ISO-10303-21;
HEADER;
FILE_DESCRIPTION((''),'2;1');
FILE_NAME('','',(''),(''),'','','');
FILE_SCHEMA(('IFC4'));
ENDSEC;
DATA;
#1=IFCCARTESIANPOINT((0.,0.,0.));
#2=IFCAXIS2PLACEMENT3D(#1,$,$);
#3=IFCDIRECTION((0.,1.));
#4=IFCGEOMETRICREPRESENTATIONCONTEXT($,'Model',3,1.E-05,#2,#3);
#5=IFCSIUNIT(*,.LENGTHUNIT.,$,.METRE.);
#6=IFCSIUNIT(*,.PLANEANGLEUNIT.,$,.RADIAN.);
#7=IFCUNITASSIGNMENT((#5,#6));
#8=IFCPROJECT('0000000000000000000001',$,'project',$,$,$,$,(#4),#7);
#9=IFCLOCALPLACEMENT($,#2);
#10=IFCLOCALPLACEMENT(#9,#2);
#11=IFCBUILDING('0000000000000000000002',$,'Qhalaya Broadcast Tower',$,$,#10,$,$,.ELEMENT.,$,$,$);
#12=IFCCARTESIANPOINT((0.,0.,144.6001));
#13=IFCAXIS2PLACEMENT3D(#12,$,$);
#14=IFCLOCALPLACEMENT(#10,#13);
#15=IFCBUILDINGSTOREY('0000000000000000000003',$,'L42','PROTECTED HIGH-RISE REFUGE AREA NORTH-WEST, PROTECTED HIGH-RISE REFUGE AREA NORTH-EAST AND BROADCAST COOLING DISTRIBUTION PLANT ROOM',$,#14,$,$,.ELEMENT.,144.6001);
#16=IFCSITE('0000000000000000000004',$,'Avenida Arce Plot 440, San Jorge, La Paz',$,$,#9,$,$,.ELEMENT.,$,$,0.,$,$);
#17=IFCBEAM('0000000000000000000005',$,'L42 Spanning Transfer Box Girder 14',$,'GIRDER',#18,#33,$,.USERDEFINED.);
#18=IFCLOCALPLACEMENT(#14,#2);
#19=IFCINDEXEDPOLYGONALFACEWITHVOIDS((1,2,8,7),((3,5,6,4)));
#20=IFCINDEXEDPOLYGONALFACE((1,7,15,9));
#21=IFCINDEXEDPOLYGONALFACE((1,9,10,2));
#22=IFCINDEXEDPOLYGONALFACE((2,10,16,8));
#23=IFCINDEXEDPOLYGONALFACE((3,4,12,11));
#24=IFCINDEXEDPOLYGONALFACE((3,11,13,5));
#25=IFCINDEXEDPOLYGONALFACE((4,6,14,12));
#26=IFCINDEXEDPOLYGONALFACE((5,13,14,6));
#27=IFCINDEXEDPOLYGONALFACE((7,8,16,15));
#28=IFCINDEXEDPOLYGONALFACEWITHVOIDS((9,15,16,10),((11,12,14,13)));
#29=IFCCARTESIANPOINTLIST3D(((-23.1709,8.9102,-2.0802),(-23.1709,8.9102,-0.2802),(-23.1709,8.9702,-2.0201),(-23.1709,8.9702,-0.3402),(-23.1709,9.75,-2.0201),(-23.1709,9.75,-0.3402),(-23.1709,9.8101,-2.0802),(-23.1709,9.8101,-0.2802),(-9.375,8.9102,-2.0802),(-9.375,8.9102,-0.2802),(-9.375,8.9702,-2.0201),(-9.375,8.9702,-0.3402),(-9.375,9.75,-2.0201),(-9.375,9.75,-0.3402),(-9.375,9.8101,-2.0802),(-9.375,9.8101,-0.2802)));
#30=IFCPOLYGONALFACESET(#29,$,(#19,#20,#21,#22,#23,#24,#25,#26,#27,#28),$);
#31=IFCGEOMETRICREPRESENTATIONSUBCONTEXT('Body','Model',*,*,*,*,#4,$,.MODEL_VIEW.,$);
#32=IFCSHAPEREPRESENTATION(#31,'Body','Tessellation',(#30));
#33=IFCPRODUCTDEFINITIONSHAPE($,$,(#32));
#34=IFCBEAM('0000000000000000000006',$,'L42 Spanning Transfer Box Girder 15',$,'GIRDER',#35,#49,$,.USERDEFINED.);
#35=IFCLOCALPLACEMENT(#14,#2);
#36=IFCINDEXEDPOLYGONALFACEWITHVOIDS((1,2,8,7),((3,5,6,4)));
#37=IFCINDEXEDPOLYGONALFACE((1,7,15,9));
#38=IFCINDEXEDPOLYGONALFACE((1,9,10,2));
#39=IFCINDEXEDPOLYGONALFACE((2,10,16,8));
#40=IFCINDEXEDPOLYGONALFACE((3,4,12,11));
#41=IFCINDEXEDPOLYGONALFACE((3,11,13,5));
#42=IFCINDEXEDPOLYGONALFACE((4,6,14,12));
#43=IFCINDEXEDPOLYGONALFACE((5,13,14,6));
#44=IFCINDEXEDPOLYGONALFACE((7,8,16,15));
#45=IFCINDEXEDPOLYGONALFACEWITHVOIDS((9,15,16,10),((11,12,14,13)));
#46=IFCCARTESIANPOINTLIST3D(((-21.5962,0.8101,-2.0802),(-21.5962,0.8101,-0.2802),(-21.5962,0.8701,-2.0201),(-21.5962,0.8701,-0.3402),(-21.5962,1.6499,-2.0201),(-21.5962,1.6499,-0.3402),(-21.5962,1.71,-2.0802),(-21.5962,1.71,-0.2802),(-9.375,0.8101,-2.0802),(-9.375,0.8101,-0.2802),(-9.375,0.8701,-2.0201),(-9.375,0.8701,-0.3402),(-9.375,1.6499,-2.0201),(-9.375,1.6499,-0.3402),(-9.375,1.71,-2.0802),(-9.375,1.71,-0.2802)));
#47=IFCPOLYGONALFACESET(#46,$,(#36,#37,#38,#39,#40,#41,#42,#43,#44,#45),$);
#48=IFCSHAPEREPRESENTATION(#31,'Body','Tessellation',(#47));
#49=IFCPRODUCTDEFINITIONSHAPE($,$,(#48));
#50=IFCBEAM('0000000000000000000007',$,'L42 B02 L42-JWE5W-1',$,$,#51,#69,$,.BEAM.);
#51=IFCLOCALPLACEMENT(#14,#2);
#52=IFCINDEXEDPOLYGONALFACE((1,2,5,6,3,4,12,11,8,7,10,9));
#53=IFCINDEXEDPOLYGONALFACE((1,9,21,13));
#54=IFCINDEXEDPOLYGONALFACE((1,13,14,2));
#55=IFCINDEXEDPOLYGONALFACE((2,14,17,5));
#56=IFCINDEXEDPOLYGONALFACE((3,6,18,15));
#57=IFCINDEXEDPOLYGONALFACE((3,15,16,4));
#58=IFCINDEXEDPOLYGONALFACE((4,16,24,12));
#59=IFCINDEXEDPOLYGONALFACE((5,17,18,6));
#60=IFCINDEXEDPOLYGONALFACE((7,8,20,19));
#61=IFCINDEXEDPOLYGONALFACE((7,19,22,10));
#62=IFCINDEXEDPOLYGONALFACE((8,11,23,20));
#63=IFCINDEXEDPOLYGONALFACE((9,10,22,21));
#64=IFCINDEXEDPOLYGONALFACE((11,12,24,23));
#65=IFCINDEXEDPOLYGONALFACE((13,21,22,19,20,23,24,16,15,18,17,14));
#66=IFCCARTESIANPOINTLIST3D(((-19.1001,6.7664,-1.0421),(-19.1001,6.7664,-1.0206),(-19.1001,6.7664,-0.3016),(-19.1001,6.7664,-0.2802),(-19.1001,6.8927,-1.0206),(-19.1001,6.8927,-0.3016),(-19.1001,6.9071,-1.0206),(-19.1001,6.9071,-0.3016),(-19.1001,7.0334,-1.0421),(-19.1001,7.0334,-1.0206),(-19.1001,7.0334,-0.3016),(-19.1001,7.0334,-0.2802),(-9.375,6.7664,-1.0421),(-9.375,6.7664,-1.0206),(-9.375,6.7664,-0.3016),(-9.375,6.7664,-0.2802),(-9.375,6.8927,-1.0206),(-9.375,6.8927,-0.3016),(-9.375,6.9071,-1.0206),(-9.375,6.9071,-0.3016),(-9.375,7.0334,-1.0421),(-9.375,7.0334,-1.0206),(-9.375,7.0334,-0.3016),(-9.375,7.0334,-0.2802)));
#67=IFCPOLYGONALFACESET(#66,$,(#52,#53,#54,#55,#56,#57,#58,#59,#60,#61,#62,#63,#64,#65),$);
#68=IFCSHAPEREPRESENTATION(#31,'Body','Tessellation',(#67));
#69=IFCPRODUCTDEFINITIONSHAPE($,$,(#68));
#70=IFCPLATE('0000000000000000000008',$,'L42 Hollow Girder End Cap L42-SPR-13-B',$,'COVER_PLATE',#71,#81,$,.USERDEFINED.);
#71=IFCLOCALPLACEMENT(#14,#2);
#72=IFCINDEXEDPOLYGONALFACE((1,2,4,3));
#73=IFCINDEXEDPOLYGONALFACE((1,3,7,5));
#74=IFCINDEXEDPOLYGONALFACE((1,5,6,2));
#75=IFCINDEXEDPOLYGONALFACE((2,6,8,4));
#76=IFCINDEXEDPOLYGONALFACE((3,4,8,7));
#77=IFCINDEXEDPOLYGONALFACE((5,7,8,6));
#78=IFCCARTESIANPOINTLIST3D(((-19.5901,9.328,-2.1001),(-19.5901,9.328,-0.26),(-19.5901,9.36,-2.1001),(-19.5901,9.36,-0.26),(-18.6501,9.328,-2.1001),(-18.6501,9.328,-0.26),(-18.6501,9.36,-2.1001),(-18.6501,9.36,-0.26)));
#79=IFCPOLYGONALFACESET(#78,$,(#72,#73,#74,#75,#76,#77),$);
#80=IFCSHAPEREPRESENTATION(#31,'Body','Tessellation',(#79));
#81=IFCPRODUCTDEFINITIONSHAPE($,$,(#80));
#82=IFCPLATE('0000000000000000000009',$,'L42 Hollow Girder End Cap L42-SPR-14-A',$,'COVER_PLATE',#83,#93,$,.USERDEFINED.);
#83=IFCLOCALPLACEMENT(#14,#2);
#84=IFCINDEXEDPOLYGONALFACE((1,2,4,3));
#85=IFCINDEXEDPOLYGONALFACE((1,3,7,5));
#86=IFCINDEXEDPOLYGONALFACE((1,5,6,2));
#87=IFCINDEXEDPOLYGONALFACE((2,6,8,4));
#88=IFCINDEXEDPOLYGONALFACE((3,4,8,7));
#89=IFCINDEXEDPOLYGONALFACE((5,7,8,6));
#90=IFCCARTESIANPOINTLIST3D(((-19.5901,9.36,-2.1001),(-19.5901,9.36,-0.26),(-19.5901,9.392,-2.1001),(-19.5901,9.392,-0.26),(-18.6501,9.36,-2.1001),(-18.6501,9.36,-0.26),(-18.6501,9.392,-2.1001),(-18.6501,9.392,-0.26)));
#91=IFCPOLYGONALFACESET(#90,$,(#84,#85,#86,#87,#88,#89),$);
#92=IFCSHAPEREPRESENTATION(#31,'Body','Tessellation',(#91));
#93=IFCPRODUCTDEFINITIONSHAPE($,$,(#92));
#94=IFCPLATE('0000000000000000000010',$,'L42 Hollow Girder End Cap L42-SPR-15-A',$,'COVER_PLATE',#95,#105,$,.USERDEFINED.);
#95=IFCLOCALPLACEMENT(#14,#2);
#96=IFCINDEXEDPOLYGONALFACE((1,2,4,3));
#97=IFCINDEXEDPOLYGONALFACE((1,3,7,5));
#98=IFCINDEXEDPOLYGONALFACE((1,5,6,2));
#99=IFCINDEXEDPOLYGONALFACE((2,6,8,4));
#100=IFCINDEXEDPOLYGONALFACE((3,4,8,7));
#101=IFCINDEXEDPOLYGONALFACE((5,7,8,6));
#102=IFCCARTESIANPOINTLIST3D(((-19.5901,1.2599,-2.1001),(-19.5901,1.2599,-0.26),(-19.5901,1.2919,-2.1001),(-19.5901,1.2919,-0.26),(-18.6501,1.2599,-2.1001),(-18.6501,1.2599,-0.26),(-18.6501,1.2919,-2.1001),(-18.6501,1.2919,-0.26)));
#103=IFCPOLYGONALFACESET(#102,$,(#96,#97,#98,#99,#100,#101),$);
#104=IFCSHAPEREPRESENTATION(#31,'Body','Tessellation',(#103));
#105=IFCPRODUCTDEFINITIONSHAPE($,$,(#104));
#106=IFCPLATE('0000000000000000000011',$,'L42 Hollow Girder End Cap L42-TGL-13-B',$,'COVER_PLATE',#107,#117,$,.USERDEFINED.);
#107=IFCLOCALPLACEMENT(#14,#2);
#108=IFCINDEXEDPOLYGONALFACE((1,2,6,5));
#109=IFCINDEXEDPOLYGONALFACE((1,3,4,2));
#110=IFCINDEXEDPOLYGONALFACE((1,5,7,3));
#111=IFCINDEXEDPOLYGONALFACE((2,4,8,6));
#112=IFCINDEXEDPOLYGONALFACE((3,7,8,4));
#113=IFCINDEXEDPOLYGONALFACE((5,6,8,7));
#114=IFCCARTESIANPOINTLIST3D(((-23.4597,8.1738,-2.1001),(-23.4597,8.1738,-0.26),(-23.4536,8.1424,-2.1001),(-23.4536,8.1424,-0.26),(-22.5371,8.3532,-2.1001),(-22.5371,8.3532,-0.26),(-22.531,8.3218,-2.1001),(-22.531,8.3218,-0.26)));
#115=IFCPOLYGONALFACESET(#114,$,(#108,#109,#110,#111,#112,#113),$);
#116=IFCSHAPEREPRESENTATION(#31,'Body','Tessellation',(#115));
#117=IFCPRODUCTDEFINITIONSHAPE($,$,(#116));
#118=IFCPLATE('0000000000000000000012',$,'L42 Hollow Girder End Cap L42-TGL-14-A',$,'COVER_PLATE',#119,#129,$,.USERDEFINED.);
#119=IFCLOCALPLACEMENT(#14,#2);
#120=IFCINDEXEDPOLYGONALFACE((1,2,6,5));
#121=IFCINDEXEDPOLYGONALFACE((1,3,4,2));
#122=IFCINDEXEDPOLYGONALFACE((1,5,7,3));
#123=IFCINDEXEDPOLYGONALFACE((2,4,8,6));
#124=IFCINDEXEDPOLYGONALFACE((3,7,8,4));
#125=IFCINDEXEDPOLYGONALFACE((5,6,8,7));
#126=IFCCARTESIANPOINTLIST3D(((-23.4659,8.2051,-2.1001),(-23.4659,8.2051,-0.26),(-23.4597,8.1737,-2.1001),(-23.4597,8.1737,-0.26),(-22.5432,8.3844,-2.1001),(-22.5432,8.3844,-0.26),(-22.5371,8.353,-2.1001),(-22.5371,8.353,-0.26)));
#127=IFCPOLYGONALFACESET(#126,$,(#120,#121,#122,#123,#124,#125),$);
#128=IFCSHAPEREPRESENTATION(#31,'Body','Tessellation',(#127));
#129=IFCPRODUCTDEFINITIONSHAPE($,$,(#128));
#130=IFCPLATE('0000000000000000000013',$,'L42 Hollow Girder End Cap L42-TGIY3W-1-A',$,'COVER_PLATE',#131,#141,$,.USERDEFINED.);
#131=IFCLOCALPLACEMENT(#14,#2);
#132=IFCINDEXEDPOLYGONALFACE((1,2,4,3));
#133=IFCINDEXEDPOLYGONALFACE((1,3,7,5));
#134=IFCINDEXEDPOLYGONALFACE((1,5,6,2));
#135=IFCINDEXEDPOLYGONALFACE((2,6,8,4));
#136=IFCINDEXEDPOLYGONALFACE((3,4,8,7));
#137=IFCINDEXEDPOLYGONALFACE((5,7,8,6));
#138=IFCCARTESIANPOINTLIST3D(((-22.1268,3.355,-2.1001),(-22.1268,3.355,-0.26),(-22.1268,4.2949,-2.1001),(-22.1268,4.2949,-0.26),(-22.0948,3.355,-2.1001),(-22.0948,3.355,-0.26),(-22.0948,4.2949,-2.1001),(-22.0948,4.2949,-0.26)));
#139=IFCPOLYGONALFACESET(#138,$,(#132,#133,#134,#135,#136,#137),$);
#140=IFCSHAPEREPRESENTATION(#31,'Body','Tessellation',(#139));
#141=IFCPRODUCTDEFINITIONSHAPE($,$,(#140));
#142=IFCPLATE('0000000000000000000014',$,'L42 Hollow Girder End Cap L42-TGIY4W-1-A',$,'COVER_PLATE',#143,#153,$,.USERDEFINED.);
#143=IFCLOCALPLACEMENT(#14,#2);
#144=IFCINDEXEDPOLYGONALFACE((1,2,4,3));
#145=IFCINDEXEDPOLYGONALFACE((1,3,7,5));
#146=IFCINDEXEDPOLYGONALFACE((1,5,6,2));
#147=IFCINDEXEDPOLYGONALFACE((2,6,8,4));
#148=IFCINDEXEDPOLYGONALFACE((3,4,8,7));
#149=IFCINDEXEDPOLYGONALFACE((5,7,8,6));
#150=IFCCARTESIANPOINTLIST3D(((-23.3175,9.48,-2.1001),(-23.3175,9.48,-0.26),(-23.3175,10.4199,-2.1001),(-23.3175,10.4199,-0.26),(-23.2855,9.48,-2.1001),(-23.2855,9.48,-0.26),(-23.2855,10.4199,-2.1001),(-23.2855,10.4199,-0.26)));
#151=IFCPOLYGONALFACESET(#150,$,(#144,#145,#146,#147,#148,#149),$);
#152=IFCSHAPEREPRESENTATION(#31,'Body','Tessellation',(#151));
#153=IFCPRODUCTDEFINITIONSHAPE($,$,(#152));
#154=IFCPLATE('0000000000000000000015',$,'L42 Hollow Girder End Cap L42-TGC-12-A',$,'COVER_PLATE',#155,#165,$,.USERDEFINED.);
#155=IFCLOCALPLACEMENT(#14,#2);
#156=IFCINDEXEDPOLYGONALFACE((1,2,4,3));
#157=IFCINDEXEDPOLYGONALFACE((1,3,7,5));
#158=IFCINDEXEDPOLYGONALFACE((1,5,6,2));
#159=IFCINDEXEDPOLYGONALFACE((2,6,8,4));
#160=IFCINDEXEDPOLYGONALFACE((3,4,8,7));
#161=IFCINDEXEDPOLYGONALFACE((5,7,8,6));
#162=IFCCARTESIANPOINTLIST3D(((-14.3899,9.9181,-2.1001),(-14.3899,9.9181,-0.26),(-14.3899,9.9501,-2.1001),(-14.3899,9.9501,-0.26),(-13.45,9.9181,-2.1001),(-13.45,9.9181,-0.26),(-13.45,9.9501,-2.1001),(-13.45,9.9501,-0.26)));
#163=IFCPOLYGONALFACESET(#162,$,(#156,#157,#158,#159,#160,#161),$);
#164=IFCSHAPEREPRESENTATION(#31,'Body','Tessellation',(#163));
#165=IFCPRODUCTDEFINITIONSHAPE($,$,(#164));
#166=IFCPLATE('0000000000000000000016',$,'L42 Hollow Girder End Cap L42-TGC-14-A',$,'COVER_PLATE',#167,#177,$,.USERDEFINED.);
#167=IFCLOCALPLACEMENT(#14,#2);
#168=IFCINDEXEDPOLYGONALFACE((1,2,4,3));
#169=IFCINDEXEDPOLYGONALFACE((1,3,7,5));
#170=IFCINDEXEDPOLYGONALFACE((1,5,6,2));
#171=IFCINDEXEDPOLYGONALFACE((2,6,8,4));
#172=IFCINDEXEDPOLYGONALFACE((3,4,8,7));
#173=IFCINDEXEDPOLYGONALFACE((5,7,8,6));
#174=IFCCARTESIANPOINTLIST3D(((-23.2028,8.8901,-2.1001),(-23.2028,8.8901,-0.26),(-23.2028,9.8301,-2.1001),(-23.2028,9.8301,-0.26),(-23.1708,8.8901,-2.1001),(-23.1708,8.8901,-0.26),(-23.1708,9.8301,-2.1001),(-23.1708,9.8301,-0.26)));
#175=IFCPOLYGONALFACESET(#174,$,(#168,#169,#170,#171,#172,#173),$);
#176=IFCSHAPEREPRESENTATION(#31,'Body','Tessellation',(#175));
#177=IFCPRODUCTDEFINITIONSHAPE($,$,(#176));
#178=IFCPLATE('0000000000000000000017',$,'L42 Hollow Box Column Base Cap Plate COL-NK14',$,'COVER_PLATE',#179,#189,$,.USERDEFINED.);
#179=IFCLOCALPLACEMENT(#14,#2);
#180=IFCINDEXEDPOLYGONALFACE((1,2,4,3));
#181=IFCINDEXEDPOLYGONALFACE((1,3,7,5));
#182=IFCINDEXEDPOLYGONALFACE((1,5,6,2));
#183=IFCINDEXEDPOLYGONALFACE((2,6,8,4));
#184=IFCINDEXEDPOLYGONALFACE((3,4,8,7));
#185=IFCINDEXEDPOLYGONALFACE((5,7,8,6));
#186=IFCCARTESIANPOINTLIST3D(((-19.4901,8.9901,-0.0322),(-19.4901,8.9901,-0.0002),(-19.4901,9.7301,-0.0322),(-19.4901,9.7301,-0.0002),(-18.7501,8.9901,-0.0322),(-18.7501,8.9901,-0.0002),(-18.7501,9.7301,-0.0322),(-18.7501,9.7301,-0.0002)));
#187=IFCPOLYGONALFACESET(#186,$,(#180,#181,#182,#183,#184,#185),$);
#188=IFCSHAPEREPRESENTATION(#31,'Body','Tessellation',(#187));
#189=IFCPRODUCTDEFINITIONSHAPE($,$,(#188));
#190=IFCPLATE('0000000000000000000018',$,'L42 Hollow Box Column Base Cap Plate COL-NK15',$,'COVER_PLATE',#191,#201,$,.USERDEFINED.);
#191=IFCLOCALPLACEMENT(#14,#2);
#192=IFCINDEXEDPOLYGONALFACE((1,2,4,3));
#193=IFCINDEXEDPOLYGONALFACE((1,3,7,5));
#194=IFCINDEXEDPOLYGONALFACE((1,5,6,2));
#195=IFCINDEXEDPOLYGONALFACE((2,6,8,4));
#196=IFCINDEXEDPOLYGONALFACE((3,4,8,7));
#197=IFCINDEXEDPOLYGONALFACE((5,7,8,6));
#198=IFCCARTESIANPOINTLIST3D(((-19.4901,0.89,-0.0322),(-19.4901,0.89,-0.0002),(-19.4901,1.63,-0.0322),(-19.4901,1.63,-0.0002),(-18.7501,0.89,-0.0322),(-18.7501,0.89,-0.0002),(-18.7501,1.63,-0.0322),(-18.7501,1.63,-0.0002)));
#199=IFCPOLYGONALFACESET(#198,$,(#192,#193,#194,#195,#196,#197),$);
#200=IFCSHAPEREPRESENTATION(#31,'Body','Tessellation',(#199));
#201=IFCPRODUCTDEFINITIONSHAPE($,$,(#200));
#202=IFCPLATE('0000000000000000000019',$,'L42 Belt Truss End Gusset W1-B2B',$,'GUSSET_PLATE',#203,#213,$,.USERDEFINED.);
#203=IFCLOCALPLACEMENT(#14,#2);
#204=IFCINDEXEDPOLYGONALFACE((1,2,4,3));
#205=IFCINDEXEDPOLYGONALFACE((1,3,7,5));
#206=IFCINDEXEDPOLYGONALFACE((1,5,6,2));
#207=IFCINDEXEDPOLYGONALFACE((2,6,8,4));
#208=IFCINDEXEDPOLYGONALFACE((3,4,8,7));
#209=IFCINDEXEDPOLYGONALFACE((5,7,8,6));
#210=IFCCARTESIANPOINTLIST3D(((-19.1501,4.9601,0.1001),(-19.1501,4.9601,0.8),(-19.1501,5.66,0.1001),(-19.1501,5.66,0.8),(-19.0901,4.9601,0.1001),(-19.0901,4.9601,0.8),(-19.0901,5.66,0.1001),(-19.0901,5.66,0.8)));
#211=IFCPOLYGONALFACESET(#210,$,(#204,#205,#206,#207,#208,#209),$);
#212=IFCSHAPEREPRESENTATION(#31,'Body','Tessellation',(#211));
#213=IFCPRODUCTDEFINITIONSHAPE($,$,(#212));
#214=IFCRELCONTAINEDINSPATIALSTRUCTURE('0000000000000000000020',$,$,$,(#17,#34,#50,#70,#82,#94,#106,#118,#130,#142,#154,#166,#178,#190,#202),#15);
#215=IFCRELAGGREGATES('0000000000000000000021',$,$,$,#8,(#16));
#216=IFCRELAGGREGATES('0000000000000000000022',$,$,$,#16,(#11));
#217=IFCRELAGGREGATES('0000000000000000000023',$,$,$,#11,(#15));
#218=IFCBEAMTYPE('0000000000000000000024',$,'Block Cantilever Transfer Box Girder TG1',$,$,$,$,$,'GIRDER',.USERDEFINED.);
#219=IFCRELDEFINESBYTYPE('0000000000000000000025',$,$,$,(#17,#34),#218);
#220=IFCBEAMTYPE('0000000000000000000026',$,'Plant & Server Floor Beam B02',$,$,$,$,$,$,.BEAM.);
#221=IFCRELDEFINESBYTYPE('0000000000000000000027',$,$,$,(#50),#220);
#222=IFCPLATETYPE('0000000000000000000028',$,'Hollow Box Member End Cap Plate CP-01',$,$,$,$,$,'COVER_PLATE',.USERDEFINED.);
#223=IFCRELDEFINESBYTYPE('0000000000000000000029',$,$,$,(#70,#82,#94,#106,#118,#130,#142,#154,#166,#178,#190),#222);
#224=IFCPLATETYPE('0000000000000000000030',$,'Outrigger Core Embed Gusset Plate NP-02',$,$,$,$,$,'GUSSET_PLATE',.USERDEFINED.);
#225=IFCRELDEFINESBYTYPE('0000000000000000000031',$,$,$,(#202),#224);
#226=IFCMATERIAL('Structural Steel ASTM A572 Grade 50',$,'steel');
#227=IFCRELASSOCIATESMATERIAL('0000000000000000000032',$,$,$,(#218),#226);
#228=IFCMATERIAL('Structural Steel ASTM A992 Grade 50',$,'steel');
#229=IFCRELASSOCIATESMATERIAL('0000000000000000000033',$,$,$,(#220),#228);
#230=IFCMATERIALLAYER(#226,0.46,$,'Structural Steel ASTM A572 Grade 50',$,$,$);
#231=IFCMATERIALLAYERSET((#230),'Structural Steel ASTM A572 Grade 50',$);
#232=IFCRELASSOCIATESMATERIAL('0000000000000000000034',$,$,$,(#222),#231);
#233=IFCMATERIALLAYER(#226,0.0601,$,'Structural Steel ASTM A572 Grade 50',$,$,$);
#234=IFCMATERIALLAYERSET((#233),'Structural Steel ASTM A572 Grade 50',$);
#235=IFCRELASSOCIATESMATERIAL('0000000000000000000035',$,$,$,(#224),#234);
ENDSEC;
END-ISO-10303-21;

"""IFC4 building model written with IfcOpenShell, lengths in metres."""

from ifc_helpers import new_model, si_unit, direction, frame, origin, origin_2d, place, context, subcontext, project, spatial, rectangle, hollow_rectangle, i_section, extrude, material, layer, layer_set, material_profile, profile_set, type_object, element, save


model = new_model("IFC4")

# Units and contexts
model_context = context("Model", 3, precision=1e-05, world=origin(), true_north=direction((0.0, 1.0)))
body_context = subcontext(model_context, "Body", "Model", "MODEL_VIEW")
ifc_project = project(units=[si_unit("LENGTHUNIT", "METRE"), si_unit("PLANEANGLEUNIT", "RADIAN")], contexts=[model_context])

# Site, building, storey
site_placement = place(None, origin())
site = spatial("IfcSite", under=ifc_project, at=site_placement, Name="Avenida Arce Plot 440, San Jorge, La Paz", CompositionType="ELEMENT", RefElevation=0.0)
building_placement = place(site_placement, origin())
building = spatial("IfcBuilding", under=site, at=building_placement, Name="Qhalaya Broadcast Tower", CompositionType="ELEMENT")
storey_placement = place(building_placement, frame((0.0, 0.0, 144.6001)))
storey = spatial("IfcBuildingStorey", under=building, at=storey_placement, Name="L42", Description="PROTECTED HIGH-RISE REFUGE AREA NORTH-WEST, PROTECTED HIGH-RISE REFUGE AREA NORTH-EAST AND BROADCAST COOLING DISTRIBUTION PLANT ROOM", CompositionType="ELEMENT", Elevation=144.6001)

# Shared definitions
ifc_material_1 = material(Name="Structural Steel ASTM A572 Grade 50", Category="steel")

# Beams
ifc_material_profile_1 = material_profile(ifc_material_1, hollow_rectangle(XDim=0.8999, YDim=1.8, WallThickness=0.0601, at=origin_2d()), Name="BOX 900x1800x60")
ifc_profile_set_1 = profile_set([ifc_material_profile_1], Name="Structural Steel ASTM A572 Grade 50")
beam_type_1 = type_object("IfcBeamType", Name="Block Cantilever Transfer Box Girder TG1", ElementType="GIRDER", PredefinedType="USERDEFINED", material=ifc_profile_set_1)
beam_1_placement = place(storey_placement, frame((-23.1709, 9.3601, -1.1802), z_axis=(1.0, 0.0, 0.0), x_axis=(0.0, 1.0, 0.0)))
element("IfcBeam", 1, at=beam_1_placement, inside=storey, type_object=beam_type_1, Name="L42 Spanning Transfer Box Girder 14", ObjectType="GIRDER", PredefinedType="USERDEFINED", context=body_context, shape_type="SweptSolid", body=[
    extrude(hollow_rectangle(XDim=0.8999, YDim=1.8, WallThickness=0.0601, at=origin_2d()), origin(), (0.0, 0.0, 1.0), 13.7959),
])
beam_2_placement = place(storey_placement, frame((-21.5962, 1.26, -1.1802), z_axis=(1.0, 0.0, 0.0), x_axis=(0.0, 1.0, 0.0)))
element("IfcBeam", 2, at=beam_2_placement, inside=storey, type_object=beam_type_1, Name="L42 Spanning Transfer Box Girder 15", ObjectType="GIRDER", PredefinedType="USERDEFINED", context=body_context, shape_type="SweptSolid", body=[
    extrude(hollow_rectangle(XDim=0.8999, YDim=1.8, WallThickness=0.0601, at=origin_2d()), origin(), (0.0, 0.0, 1.0), 12.2212),
])
ifc_material_2 = material(Name="Structural Steel ASTM A992 Grade 50", Category="steel")
ifc_material_profile_2 = material_profile(ifc_material_2, i_section(OverallWidth=0.2671, OverallDepth=0.762, WebThickness=0.0144, FlangeThickness=0.0215, at=origin_2d()), Name="W30X116")
ifc_profile_set_2 = profile_set([ifc_material_profile_2], Name="Structural Steel ASTM A992 Grade 50")
beam_type_2 = type_object("IfcBeamType", Name="Plant & Server Floor Beam B02", PredefinedType="BEAM", material=ifc_profile_set_2)
beam_3_placement = place(storey_placement, frame((-19.1001, 6.8999, -0.6611), z_axis=(1.0, 0.0, 0.0), x_axis=(0.0, 1.0, 0.0)))
element("IfcBeam", 3, at=beam_3_placement, inside=storey, type_object=beam_type_2, Name="L42 B02 L42-JWE5W-1", PredefinedType="BEAM", context=body_context, shape_type="SweptSolid", body=[
    extrude(i_section(OverallWidth=0.2671, OverallDepth=0.762, WebThickness=0.0144, FlangeThickness=0.0215, at=origin_2d()), origin(), (0.0, 0.0, 1.0), 9.7251),
])

# Plates
ifc_layer_1 = layer(ifc_material_1, 0.46, Name="Structural Steel ASTM A572 Grade 50")
ifc_layer_set_1 = layer_set([ifc_layer_1], Name="Structural Steel ASTM A572 Grade 50")
plate_type_1 = type_object("IfcPlateType", Name="Hollow Box Member End Cap Plate CP-01", ElementType="COVER_PLATE", PredefinedType="USERDEFINED", material=ifc_layer_set_1)
for number, where, z_axis, x_axis, name in (
    (4, (-19.1201, 9.344, -2.1001), (0.0, 0.0, 1.0), (1.0, 0.0, 0.0), "L42 Hollow Girder End Cap L42-SPR-13-B"),
    (5, (-19.1201, 9.376, -2.1001), (0.0, 0.0, 1.0), (1.0, 0.0, 0.0), "L42 Hollow Girder End Cap L42-SPR-14-A"),
    (6, (-19.1201, 1.2759, -2.1001), (0.0, 0.0, 1.0), (1.0, 0.0, 0.0), "L42 Hollow Girder End Cap L42-SPR-15-A"),
    (7, (-22.9954, 8.2478, -2.1001), (0.0, 0.0, 1.0), (0.981627, 0.190809, 0.0), "L42 Hollow Girder End Cap L42-TGL-13-B"),
    (8, (-23.0015, 8.2791, -2.1001), (0.0, 0.0, 1.0), (0.981627, 0.190809, 0.0), "L42 Hollow Girder End Cap L42-TGL-14-A"),
    (9, (-22.1108, 3.825, -2.1001), (0.0, 0.0, 1.0), (0.0, 1.0, 0.0), "L42 Hollow Girder End Cap L42-TGIY3W-1-A"),
    (10, (-23.3015, 9.95, -2.1001), (0.0, 0.0, 1.0), (0.0, 1.0, 0.0), "L42 Hollow Girder End Cap L42-TGIY4W-1-A"),
    (11, (-13.9199, 9.9341, -2.1001), (0.0, 0.0, 1.0), (-1.0, 0.0, 0.0), "L42 Hollow Girder End Cap L42-TGC-12-A"),
    (12, (-23.1868, 9.3601, -2.1001), (0.0, 0.0, 1.0), (0.0, 1.0, 0.0), "L42 Hollow Girder End Cap L42-TGC-14-A"),
):
    element("IfcPlate", number, at=place(storey_placement, frame(where, z_axis=z_axis, x_axis=x_axis)), inside=storey, type_object=plate_type_1, Name=name, ObjectType="COVER_PLATE", PredefinedType="USERDEFINED", context=body_context, shape_type="SweptSolid", body=[
        extrude(rectangle(XDim=0.9399, YDim=0.032, at=origin_2d()), origin(), (0.0, 0.0, 1.0), 1.8401),
    ])
for number, where, z_axis, x_axis, name in (
    (13, (-19.1201, 9.3601, -0.0322), (0.0, 0.0, 1.0), (0.0, 1.0, 0.0), "L42 Hollow Box Column Base Cap Plate COL-NK14"),
    (14, (-19.1201, 1.26, -0.0322), (0.0, 0.0, 1.0), (0.0, 1.0, 0.0), "L42 Hollow Box Column Base Cap Plate COL-NK15"),
):
    element("IfcPlate", number, at=place(storey_placement, frame(where, z_axis=z_axis, x_axis=x_axis)), inside=storey, type_object=plate_type_1, Name=name, ObjectType="COVER_PLATE", PredefinedType="USERDEFINED", context=body_context, shape_type="SweptSolid", body=[
        extrude(rectangle(XDim=0.74, YDim=0.74, at=origin_2d()), origin(), (0.0, 0.0, 1.0), 0.032),
    ])
ifc_layer_2 = layer(ifc_material_1, 0.0601, Name="Structural Steel ASTM A572 Grade 50")
ifc_layer_set_2 = layer_set([ifc_layer_2], Name="Structural Steel ASTM A572 Grade 50")
plate_type_2 = type_object("IfcPlateType", Name="Outrigger Core Embed Gusset Plate NP-02", ElementType="GUSSET_PLATE", PredefinedType="USERDEFINED", material=ifc_layer_set_2)
for number, where, z_axis, x_axis, name in (
    (15, (-19.1201, 5.3101, 0.1001), (0.0, 0.0, 1.0), (0.0, 1.0, 0.0), "L42 Belt Truss End Gusset W1-B2B"),
):
    element("IfcPlate", number, at=place(storey_placement, frame(where, z_axis=z_axis, x_axis=x_axis)), inside=storey, type_object=plate_type_2, Name=name, ObjectType="GUSSET_PLATE", PredefinedType="USERDEFINED", context=body_context, shape_type="SweptSolid", body=[
        extrude(rectangle(XDim=0.7, YDim=0.0601, at=origin_2d()), origin(), (0.0, 0.0, 1.0), 0.7),
    ])

save(model, "model.ifc")
